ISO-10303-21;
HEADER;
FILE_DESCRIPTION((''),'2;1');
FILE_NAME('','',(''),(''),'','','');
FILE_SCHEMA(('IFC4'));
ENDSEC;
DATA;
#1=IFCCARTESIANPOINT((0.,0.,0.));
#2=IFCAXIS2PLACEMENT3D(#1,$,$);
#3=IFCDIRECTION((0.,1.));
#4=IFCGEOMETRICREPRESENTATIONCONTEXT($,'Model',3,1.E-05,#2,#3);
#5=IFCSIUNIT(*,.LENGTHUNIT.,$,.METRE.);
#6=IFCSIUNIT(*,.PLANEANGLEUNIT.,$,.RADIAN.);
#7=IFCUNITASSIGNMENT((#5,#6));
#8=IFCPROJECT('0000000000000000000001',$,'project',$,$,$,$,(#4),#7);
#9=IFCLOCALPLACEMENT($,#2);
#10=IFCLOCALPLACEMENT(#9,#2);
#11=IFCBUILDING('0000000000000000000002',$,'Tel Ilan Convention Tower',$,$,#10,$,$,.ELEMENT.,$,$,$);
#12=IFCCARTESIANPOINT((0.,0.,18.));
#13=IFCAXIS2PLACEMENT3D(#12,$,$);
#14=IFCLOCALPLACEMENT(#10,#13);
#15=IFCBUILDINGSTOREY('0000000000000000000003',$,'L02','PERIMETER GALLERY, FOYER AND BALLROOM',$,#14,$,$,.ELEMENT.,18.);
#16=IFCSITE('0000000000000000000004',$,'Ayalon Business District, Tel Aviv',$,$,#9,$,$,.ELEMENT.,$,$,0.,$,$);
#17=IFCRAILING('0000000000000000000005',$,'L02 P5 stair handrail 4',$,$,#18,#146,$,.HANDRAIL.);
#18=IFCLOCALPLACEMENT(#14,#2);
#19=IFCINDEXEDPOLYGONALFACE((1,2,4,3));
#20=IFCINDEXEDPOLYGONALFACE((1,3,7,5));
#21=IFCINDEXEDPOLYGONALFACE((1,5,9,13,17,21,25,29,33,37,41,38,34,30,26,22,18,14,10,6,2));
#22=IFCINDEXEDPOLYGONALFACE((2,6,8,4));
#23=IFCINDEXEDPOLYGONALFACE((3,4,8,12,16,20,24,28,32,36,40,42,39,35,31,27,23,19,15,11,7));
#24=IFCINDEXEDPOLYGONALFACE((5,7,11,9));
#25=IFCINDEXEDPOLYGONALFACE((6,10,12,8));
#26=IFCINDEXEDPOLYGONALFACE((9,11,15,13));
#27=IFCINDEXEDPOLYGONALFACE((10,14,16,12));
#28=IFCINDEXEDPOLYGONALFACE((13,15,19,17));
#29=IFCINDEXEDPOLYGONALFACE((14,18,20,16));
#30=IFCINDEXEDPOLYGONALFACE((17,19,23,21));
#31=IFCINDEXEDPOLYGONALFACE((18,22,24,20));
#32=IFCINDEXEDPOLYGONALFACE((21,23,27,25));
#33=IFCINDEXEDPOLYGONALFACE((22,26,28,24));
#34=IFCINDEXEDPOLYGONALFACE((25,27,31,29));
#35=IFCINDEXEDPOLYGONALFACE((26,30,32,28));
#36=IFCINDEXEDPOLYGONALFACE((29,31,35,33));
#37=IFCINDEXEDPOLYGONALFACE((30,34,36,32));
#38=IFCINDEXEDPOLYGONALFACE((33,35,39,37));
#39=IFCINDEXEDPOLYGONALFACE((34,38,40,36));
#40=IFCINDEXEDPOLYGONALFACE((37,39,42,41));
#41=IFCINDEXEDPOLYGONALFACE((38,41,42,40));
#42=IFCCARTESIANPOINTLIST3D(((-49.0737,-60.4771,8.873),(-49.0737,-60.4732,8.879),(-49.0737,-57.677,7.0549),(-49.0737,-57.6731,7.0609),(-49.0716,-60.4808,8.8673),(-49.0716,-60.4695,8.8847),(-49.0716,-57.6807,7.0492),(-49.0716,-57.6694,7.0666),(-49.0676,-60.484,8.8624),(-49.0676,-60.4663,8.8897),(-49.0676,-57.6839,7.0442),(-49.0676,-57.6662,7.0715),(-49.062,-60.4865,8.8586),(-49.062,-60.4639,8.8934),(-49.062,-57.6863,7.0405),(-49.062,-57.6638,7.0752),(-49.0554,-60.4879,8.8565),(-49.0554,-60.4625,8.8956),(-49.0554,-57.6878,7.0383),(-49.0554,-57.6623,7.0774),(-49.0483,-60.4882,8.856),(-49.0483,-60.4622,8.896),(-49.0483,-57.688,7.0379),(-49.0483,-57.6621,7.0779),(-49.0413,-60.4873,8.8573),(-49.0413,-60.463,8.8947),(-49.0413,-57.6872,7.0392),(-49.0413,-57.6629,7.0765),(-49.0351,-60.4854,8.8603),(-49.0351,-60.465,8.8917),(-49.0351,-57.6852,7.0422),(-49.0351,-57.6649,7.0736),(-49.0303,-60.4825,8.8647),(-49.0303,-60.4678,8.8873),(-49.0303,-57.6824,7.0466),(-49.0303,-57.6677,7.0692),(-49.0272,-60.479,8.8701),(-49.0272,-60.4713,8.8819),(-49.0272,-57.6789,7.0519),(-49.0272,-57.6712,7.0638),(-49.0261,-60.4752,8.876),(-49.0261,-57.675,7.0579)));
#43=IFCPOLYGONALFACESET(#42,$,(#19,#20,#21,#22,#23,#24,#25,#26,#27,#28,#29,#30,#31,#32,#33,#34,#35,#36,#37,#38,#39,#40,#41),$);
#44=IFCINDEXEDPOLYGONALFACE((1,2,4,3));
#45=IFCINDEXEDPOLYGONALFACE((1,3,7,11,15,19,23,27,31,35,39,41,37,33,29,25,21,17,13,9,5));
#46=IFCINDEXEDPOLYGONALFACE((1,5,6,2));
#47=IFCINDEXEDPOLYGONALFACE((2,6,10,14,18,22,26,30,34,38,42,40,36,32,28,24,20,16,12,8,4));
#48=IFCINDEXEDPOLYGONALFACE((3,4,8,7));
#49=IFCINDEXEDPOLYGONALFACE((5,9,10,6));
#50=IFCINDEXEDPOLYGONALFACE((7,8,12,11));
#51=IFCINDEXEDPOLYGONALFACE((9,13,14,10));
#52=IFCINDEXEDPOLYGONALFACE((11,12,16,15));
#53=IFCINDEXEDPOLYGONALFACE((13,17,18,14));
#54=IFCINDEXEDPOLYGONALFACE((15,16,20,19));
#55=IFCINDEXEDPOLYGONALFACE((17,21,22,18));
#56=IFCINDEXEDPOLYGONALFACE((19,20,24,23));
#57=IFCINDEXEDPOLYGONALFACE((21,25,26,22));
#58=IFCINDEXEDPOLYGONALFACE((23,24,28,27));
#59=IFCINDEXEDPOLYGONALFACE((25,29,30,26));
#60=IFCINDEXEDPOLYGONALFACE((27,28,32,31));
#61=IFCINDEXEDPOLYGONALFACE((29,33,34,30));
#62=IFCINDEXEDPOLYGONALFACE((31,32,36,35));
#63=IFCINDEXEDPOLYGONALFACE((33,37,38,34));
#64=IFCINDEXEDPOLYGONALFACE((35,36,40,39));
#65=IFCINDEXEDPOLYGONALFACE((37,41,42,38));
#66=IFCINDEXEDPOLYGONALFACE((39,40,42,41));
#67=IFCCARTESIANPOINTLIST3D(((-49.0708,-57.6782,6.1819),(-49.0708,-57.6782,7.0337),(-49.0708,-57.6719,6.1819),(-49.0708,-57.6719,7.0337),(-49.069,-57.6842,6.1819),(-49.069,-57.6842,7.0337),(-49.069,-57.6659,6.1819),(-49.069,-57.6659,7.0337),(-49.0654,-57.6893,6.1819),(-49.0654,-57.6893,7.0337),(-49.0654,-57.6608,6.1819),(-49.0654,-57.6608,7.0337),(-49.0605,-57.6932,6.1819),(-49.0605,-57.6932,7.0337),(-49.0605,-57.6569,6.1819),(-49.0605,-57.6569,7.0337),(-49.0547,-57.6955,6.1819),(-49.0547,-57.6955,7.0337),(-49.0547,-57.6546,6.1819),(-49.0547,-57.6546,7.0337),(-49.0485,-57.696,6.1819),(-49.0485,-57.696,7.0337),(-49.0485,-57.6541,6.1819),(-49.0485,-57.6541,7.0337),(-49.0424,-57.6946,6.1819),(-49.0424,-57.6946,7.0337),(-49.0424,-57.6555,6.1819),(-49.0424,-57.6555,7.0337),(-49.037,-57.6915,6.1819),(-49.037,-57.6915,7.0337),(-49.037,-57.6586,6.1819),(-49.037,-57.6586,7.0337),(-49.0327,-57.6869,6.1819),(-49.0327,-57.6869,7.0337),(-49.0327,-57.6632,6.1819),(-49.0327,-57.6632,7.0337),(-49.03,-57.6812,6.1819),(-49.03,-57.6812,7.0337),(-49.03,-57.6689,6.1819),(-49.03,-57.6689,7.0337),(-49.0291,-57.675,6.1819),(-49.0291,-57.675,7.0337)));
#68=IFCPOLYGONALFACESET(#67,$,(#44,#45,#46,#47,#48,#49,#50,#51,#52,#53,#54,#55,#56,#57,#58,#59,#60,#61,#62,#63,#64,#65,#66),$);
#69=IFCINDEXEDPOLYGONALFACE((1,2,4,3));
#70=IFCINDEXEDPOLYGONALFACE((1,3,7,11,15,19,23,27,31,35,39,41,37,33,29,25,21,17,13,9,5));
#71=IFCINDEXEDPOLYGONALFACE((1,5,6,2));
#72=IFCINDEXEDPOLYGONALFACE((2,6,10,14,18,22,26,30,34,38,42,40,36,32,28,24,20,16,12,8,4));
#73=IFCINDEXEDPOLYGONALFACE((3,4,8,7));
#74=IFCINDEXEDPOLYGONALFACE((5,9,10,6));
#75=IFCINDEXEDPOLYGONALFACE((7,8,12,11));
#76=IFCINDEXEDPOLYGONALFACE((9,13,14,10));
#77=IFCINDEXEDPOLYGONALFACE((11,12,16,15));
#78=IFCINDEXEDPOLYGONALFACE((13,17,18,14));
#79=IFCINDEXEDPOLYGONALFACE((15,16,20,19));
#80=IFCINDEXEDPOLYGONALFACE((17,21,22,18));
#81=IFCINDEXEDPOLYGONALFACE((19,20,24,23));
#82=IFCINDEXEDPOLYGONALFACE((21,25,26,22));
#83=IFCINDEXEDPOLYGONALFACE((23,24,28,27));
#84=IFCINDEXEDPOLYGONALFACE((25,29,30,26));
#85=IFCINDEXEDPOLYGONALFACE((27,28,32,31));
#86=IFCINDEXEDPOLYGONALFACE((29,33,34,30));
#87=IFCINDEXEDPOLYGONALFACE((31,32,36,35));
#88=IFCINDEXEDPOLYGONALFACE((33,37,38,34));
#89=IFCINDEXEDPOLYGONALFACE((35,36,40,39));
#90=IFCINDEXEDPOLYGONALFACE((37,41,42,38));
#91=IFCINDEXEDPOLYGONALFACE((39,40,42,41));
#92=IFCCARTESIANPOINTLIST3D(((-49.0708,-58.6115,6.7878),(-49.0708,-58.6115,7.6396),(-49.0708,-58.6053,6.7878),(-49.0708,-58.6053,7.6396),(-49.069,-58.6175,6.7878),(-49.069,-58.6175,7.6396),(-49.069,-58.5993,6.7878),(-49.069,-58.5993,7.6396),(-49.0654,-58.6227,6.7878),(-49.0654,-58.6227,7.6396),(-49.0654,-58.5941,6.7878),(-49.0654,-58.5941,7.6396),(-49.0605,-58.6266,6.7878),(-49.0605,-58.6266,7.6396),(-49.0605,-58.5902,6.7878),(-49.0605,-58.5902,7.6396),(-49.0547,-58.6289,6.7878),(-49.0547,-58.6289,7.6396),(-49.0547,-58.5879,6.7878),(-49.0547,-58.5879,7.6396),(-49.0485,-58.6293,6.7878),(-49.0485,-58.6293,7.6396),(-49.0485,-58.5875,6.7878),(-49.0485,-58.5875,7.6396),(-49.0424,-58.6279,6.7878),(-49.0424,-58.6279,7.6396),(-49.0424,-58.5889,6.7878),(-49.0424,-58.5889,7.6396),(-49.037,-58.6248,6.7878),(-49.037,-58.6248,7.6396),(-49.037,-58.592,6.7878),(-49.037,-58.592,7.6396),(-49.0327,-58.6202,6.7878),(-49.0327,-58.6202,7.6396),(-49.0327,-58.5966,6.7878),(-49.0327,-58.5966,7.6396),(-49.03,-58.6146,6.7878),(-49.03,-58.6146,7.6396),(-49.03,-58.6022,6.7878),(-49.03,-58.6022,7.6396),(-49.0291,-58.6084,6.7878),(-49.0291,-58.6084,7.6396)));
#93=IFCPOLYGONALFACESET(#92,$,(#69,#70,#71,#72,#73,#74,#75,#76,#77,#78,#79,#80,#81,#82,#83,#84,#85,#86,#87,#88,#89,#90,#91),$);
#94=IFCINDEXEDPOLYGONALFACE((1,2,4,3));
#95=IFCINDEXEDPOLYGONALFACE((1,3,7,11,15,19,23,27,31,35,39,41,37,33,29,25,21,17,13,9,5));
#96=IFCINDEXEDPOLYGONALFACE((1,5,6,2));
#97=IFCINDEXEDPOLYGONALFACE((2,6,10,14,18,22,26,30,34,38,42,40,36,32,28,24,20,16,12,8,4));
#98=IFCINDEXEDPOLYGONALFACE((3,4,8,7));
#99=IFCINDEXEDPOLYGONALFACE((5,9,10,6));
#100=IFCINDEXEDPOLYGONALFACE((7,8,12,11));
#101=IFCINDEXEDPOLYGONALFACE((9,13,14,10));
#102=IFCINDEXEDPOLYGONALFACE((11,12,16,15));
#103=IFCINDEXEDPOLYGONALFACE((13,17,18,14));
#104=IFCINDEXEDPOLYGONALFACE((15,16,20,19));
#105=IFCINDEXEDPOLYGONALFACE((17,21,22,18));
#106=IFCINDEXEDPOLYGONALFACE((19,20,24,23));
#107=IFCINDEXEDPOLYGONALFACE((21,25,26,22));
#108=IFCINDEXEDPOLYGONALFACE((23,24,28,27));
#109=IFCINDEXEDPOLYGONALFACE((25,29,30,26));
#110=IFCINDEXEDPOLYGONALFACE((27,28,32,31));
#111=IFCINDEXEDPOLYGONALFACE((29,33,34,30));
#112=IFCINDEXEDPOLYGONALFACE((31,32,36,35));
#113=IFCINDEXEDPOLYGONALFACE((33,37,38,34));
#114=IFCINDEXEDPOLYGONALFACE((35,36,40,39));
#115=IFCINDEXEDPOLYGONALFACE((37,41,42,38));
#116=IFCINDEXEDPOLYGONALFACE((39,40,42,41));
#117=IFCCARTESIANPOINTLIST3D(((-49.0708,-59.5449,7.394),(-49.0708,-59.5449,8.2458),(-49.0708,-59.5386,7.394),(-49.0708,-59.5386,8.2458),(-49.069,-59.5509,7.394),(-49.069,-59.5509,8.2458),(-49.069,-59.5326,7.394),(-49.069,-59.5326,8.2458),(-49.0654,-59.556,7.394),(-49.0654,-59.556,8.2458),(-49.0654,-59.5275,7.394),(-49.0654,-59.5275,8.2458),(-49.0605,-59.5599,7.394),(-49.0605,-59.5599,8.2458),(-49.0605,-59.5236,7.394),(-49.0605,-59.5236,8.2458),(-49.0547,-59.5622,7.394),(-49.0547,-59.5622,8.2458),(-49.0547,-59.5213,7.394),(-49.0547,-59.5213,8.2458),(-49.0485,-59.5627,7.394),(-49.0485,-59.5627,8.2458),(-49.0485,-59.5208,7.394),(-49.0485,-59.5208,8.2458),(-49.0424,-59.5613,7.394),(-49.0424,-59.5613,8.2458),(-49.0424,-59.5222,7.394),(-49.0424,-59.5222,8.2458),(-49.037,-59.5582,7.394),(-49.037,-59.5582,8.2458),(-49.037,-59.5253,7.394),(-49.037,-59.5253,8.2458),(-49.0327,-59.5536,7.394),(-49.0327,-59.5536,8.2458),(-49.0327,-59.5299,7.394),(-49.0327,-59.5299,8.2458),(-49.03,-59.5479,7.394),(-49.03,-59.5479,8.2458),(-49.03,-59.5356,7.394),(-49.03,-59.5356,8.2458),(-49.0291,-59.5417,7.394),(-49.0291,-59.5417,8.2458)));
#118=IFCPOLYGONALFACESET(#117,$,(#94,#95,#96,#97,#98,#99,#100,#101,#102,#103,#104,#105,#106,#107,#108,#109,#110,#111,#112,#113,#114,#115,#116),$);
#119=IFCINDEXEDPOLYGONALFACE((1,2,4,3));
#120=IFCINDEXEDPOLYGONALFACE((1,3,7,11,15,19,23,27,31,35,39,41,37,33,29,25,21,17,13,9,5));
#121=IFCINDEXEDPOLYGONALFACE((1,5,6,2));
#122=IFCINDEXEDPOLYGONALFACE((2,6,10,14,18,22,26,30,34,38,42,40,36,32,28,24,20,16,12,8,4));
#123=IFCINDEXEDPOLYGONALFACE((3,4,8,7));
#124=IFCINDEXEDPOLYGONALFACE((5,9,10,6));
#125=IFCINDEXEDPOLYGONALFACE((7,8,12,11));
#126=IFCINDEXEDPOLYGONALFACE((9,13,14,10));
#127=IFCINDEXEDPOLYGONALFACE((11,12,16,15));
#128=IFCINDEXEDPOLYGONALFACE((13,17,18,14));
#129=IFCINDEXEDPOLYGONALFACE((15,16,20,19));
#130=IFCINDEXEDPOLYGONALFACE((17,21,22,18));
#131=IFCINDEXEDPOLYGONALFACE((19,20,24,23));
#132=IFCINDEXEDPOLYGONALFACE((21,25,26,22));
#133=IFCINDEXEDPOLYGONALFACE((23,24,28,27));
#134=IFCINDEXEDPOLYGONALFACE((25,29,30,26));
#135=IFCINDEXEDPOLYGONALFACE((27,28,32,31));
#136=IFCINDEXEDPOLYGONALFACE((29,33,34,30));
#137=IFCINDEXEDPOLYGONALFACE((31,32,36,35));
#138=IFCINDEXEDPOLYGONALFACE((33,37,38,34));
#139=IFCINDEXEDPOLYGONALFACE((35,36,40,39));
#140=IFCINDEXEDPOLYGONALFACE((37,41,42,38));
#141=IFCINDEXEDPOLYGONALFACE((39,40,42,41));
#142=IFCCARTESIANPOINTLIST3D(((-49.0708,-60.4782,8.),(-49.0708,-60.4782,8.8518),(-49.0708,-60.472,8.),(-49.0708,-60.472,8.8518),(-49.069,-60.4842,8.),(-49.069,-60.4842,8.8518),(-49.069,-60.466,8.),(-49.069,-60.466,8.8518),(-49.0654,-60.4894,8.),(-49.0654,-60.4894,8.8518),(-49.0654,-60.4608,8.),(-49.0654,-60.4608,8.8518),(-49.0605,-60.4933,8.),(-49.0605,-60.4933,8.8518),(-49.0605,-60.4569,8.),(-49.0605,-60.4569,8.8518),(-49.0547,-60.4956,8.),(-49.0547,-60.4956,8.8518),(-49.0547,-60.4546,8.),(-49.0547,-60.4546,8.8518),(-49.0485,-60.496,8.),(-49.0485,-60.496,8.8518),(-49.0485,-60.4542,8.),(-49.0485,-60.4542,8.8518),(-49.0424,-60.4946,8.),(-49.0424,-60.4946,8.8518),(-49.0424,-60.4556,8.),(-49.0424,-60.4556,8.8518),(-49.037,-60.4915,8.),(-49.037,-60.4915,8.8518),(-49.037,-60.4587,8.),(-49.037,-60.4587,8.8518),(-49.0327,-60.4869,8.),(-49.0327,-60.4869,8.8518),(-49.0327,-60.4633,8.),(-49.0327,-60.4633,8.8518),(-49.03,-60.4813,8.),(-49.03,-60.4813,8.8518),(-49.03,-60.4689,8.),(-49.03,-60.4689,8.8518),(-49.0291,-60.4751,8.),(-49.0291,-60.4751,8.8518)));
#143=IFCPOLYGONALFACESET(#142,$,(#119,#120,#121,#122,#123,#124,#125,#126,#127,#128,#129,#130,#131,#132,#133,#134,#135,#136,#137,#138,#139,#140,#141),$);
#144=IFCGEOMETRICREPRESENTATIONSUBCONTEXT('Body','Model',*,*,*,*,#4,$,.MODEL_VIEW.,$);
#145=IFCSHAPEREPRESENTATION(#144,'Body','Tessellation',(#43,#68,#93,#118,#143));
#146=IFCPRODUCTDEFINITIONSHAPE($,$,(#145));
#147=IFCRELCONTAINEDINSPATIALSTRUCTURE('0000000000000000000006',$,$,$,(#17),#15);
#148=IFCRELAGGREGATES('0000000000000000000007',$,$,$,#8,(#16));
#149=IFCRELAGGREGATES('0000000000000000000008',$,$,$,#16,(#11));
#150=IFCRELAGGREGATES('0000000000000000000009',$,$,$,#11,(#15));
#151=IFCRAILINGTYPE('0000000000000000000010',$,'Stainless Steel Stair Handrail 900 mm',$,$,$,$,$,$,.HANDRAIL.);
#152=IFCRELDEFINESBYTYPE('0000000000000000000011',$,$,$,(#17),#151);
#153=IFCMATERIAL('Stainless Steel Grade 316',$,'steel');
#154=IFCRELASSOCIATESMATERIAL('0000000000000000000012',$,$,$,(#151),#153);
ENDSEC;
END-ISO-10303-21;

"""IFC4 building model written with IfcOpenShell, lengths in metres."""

from ifc_helpers import new_model, si_unit, direction, frame, origin, origin_2d, place, context, subcontext, project, spatial, circle, extrude, material, type_object, element, save


model = new_model("IFC4")

# Units and contexts
model_context = context("Model", 3, precision=1e-05, world=origin(), true_north=direction((0.0, 1.0)))
body_context = subcontext(model_context, "Body", "Model", "MODEL_VIEW")
ifc_project = project(units=[si_unit("LENGTHUNIT", "METRE"), si_unit("PLANEANGLEUNIT", "RADIAN")], contexts=[model_context])

# Site, building, storey
site_placement = place(None, origin())
site = spatial("IfcSite", under=ifc_project, at=site_placement, Name="Ayalon Business District, Tel Aviv", CompositionType="ELEMENT", RefElevation=0.0)
building_placement = place(site_placement, origin())
building = spatial("IfcBuilding", under=site, at=building_placement, Name="Tel Ilan Convention Tower", CompositionType="ELEMENT")
storey_placement = place(building_placement, frame((0.0, 0.0, 18.0)))
storey = spatial("IfcBuildingStorey", under=building, at=storey_placement, Name="L02", Description="PERIMETER GALLERY, FOYER AND BALLROOM", CompositionType="ELEMENT", Elevation=18.0)

# Railing
ifc_material_1 = material(Name="Stainless Steel Grade 316", Category="steel")
railing_type_1 = type_object("IfcRailingType", Name="Stainless Steel Stair Handrail 900 mm", PredefinedType="HANDRAIL", material=ifc_material_1)
railing_1_placement = place(storey_placement, frame((-49.05, -57.675, 6.1819)))
element("IfcRailing", 1, at=railing_1_placement, inside=storey, type_object=railing_type_1, Name="L02 P5 stair handrail 4", PredefinedType="HANDRAIL", context=body_context, shape_type="SweptSolid", body=[
    extrude(circle(Radius=0.0239, at=origin_2d()), frame((0.0, 0.0, 0.876), z_axis=(0.0, -0.838706, 0.544585), x_axis=(1.0, 0.0, 0.0)), (0.0, 0.0, 1.0), 3.3386),
    extrude(circle(Radius=0.021, at=origin_2d()), origin(), (0.0, 0.0, 1.0), 0.8518),
    extrude(circle(Radius=0.021, at=origin_2d()), frame((0.0, -0.9333, 0.606)), (0.0, 0.0, 1.0), 0.8518),
    extrude(circle(Radius=0.021, at=origin_2d()), frame((0.0, -1.8667, 1.2122)), (0.0, 0.0, 1.0), 0.8518),
    extrude(circle(Radius=0.021, at=origin_2d()), frame((0.0, -2.8, 1.8181)), (0.0, 0.0, 1.0), 0.8518),
])

save(model, "model.ifc")
